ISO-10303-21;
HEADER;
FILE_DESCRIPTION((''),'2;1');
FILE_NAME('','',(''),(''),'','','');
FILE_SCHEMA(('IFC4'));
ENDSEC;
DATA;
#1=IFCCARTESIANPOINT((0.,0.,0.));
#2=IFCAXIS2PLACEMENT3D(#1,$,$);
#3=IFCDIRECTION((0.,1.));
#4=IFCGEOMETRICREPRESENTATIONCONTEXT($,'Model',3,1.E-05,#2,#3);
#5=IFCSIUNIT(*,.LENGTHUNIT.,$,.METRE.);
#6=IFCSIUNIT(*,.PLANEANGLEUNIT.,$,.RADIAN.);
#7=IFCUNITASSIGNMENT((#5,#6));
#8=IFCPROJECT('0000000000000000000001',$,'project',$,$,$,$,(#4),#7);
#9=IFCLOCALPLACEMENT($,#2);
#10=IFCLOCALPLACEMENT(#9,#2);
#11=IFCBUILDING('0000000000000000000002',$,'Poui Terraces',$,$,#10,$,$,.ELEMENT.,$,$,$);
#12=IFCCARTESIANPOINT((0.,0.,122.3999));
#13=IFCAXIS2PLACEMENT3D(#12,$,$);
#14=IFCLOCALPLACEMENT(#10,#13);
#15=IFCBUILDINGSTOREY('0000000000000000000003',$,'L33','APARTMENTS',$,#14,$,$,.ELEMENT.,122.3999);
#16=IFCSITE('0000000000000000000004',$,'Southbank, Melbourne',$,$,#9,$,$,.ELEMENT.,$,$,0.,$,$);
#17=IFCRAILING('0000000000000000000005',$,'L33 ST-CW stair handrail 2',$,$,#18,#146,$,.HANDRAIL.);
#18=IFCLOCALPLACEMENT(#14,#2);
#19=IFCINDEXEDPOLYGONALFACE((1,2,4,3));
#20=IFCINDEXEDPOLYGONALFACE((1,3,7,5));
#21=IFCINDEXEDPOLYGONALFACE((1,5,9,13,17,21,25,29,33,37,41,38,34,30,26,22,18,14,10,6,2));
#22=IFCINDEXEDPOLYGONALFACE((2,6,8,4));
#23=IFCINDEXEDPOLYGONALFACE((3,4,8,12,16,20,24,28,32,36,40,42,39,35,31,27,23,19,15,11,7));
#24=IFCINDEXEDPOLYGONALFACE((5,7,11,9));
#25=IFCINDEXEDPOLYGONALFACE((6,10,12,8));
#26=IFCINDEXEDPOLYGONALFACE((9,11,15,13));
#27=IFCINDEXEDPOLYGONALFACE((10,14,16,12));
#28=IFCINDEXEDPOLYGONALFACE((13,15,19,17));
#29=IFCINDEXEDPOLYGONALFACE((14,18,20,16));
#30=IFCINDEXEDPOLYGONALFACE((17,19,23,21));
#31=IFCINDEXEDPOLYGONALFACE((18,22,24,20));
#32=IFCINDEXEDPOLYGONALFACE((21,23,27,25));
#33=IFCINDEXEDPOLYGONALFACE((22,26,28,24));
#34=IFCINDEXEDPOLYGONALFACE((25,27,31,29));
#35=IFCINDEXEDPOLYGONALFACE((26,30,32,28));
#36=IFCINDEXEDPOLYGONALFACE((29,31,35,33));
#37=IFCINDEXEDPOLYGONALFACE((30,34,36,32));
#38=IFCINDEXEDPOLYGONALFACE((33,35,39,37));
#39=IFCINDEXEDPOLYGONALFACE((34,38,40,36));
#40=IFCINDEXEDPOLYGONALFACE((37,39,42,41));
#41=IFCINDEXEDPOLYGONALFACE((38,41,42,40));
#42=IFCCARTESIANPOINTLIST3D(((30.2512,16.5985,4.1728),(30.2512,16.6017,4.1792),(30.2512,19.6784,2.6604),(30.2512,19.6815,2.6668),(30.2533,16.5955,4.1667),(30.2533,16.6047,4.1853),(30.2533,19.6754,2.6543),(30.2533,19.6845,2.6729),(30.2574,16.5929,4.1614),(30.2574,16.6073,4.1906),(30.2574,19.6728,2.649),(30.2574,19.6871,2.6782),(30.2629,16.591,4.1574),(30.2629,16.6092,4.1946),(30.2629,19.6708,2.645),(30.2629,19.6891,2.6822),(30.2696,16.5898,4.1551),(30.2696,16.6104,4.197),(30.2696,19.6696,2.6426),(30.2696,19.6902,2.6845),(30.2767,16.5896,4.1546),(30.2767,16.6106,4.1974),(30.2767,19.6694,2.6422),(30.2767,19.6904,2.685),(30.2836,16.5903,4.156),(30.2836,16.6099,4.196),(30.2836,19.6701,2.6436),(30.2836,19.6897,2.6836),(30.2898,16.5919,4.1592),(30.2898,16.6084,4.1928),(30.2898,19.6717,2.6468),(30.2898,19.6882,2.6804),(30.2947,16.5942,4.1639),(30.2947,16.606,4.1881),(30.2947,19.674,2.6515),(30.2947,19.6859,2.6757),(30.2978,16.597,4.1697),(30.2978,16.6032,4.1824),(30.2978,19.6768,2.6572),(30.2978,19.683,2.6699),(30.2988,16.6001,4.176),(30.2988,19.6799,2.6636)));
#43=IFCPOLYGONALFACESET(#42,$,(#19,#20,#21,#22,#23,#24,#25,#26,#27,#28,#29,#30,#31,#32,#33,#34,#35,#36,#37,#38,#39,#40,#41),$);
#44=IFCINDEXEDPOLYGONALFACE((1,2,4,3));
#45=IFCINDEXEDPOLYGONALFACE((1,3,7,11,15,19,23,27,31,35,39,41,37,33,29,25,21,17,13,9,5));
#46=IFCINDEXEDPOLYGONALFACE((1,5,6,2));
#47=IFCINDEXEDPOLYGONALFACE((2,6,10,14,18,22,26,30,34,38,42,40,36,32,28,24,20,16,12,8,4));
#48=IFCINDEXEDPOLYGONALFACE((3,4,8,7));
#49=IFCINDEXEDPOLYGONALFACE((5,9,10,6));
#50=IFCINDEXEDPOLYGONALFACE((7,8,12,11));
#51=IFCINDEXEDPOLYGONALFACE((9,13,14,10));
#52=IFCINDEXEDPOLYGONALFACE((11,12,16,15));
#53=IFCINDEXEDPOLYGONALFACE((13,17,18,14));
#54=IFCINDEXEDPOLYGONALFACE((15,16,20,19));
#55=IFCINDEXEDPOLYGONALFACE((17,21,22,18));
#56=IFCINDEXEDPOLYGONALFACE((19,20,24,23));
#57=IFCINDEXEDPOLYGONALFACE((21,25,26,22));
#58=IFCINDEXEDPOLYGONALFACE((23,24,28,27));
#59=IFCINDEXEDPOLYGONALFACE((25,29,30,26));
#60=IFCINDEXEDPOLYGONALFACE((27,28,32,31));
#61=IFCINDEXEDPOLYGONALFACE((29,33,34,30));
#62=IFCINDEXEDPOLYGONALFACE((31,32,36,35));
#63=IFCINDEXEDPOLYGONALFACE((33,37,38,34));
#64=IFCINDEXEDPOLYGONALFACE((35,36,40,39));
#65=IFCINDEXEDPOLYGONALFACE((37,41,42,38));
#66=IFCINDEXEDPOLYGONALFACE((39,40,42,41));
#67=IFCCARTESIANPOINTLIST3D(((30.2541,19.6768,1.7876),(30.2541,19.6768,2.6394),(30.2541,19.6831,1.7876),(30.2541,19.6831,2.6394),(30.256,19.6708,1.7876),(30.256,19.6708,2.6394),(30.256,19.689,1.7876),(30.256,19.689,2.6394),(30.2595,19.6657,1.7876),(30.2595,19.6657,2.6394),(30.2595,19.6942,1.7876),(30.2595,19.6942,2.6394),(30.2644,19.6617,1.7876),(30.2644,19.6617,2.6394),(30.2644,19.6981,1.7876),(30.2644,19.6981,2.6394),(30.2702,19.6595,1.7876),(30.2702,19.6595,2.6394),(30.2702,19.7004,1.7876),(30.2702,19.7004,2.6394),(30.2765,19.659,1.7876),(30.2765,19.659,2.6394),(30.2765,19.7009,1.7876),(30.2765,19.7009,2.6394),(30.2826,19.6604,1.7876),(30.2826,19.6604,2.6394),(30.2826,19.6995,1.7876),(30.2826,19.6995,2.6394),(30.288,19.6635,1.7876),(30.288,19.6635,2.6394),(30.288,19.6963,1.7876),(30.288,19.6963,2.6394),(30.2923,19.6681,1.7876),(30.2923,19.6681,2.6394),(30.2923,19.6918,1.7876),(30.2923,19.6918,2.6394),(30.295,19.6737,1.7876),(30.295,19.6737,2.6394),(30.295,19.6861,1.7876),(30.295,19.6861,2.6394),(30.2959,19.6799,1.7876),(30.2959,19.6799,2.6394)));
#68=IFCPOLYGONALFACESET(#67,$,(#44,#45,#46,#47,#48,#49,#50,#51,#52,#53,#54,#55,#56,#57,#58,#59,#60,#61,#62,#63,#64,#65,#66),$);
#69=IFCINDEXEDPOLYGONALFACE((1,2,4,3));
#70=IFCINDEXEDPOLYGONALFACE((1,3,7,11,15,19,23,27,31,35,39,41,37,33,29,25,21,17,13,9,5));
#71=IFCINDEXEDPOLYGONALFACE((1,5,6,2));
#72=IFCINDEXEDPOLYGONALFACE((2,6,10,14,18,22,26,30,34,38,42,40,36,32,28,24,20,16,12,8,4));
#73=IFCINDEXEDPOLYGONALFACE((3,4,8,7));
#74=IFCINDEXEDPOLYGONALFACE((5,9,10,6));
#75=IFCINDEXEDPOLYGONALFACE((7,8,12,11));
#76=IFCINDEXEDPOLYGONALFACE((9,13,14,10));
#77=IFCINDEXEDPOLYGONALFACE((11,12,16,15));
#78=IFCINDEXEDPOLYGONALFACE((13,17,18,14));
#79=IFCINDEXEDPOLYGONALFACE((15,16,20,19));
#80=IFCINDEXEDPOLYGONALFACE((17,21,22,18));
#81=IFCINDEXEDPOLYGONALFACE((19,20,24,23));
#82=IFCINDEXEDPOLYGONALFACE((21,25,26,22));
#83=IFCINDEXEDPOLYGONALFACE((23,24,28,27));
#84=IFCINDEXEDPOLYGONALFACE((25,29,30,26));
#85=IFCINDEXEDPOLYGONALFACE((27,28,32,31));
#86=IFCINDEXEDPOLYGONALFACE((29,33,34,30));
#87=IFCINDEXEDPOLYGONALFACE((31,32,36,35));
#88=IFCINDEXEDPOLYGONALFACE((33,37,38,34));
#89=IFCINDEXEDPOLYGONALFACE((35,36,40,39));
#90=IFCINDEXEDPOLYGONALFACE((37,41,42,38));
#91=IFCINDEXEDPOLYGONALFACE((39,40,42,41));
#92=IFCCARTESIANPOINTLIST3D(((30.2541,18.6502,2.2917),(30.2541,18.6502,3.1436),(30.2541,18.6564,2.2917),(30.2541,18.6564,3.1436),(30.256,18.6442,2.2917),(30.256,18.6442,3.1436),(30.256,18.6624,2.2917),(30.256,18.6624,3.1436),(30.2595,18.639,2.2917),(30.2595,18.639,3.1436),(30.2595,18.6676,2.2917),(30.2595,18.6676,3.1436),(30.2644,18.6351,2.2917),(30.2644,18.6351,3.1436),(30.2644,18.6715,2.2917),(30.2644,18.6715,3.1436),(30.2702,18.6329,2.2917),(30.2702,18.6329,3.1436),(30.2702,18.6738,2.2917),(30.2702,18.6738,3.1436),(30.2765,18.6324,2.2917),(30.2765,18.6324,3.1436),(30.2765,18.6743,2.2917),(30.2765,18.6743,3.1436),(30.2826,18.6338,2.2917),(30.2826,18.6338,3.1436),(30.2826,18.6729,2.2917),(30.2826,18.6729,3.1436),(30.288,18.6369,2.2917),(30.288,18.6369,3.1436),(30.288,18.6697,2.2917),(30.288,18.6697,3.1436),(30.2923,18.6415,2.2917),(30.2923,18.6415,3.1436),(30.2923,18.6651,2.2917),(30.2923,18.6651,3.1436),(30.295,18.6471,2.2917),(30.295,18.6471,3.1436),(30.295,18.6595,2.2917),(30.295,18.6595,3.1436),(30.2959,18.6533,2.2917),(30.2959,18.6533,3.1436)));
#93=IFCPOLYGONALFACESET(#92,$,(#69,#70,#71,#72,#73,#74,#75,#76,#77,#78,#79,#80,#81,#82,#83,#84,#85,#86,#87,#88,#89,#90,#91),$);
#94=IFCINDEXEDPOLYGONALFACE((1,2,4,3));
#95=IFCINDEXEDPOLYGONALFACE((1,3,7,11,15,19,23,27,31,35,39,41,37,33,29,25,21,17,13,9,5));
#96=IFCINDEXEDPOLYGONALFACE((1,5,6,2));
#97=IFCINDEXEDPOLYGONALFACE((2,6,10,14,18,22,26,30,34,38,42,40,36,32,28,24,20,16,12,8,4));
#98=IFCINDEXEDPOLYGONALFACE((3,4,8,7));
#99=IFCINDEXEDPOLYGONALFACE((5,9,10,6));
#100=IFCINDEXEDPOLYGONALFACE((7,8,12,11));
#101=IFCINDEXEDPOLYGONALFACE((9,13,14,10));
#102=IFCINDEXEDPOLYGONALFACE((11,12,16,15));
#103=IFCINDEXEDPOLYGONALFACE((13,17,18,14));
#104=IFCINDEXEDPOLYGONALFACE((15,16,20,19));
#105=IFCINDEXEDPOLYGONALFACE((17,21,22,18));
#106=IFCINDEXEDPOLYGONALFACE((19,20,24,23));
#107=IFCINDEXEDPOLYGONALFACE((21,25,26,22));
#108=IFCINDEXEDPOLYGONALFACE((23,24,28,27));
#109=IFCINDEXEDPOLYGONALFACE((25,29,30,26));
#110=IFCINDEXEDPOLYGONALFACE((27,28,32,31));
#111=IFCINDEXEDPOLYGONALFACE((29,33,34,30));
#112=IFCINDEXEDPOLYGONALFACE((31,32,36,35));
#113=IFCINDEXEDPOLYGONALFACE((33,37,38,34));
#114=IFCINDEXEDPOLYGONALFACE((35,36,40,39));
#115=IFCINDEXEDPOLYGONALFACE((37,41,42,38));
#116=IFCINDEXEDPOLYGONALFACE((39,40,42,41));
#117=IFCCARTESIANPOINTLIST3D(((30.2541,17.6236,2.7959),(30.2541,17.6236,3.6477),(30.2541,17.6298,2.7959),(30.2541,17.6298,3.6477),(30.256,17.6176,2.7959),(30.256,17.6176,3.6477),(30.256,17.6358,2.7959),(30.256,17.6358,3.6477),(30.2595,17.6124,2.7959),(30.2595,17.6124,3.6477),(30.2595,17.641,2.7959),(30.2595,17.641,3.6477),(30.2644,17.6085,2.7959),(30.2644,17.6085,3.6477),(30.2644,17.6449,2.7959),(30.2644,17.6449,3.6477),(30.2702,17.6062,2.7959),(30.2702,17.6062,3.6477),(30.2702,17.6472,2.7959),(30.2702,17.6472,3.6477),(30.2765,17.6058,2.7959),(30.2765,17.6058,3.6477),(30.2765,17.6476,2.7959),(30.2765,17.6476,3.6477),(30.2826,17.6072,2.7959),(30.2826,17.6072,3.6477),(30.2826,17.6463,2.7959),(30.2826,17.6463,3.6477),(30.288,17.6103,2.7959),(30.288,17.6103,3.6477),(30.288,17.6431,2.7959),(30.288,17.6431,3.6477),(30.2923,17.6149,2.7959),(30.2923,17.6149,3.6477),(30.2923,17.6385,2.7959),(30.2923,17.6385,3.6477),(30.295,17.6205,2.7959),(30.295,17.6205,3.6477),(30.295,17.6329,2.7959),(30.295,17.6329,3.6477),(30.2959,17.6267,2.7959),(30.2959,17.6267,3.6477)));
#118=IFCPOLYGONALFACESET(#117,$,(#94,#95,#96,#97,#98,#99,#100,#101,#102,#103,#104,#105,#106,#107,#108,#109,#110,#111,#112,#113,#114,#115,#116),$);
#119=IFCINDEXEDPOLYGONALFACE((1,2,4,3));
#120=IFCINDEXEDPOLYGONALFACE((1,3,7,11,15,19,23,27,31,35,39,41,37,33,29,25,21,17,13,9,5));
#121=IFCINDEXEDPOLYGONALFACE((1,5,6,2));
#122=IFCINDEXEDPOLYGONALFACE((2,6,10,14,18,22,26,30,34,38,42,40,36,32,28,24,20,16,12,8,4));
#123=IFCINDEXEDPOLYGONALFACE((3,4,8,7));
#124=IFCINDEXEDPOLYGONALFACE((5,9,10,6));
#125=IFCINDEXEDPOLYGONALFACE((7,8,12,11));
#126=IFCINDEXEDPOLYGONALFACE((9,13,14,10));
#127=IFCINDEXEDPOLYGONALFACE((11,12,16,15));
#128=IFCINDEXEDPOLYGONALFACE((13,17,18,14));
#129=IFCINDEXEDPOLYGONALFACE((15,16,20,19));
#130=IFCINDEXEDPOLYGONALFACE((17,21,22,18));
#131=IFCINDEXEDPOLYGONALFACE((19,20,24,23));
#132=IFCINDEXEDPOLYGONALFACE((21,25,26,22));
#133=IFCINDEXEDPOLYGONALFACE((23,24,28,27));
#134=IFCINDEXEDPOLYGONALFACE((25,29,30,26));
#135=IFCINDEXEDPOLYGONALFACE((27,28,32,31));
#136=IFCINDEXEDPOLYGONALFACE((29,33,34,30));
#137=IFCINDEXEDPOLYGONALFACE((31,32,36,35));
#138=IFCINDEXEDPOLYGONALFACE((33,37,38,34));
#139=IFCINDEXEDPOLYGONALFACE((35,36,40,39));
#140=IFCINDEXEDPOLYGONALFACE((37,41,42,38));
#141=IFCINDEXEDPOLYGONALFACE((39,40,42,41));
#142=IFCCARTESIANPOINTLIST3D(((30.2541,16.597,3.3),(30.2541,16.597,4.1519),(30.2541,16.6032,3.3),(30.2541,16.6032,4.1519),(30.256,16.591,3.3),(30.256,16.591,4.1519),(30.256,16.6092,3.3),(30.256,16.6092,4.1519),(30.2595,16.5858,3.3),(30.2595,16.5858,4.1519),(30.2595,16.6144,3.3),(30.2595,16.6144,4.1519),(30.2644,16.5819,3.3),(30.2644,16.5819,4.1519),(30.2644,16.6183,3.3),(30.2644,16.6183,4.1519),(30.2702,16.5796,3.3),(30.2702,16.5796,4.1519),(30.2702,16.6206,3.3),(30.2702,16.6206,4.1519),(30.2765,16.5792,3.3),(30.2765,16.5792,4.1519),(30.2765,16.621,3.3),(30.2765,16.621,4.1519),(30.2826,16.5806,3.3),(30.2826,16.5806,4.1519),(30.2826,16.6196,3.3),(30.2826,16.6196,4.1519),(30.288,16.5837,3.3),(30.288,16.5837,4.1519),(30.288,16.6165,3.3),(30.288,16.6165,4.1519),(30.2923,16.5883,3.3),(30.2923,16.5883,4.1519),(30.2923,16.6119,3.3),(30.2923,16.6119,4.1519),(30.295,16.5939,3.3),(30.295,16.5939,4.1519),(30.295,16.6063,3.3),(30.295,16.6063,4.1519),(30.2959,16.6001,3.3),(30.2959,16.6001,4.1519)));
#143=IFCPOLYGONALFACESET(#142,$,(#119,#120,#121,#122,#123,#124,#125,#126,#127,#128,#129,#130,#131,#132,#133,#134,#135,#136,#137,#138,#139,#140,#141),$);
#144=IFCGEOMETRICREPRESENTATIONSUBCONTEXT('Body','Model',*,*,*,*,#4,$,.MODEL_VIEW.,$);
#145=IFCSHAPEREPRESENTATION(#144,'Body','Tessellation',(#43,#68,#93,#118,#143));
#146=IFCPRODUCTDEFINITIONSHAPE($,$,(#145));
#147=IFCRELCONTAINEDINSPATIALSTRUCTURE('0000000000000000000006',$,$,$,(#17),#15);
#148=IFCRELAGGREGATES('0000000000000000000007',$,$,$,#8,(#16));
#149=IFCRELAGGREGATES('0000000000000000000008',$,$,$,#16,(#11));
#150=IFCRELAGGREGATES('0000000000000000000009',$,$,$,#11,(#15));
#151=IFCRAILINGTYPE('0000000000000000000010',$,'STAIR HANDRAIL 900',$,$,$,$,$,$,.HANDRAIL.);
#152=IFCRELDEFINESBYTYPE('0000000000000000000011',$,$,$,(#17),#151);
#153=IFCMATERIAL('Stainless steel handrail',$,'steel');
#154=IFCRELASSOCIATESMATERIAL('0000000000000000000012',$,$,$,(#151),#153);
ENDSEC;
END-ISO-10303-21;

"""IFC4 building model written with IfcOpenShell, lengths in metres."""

from ifc_helpers import new_model, si_unit, direction, frame, origin, origin_2d, place, context, subcontext, project, spatial, circle, extrude, material, type_object, element, save


model = new_model("IFC4")

# Units and contexts
model_context = context("Model", 3, precision=1e-05, world=origin(), true_north=direction((0.0, 1.0)))
body_context = subcontext(model_context, "Body", "Model", "MODEL_VIEW")
ifc_project = project(units=[si_unit("LENGTHUNIT", "METRE"), si_unit("PLANEANGLEUNIT", "RADIAN")], contexts=[model_context])

# Site, building, storey
site_placement = place(None, origin())
site = spatial("IfcSite", under=ifc_project, at=site_placement, Name="Southbank, Melbourne", CompositionType="ELEMENT", RefElevation=0.0)
building_placement = place(site_placement, origin())
building = spatial("IfcBuilding", under=site, at=building_placement, Name="Poui Terraces", CompositionType="ELEMENT")
storey_placement = place(building_placement, frame((0.0, 0.0, 122.3999)))
storey = spatial("IfcBuildingStorey", under=building, at=storey_placement, Name="L33", Description="APARTMENTS", CompositionType="ELEMENT", Elevation=122.3999)

# Railing
ifc_material_1 = material(Name="Stainless steel handrail", Category="steel")
railing_type_1 = type_object("IfcRailingType", Name="STAIR HANDRAIL 900", PredefinedType="HANDRAIL", material=ifc_material_1)
railing_1_placement = place(storey_placement, frame((30.2749, 19.6799, 1.7876)))
element("IfcRailing", 1, at=railing_1_placement, inside=storey, type_object=railing_type_1, Name="L33 ST-CW stair handrail 2", PredefinedType="HANDRAIL", context=body_context, shape_type="SweptSolid", body=[
    extrude(circle(Radius=0.0239, at=origin_2d()), frame((0.0, 0.0, 0.876), z_axis=(0.0, -0.897606, 0.440798), x_axis=(1.0, 0.0, 0.0)), (0.0, 0.0, 1.0), 3.4312),
    extrude(circle(Radius=0.021, at=origin_2d()), origin(), (0.0, 0.0, 1.0), 0.8518),
    extrude(circle(Radius=0.021, at=origin_2d()), frame((0.0, -1.0266, 0.5042)), (0.0, 0.0, 1.0), 0.8518),
    extrude(circle(Radius=0.021, at=origin_2d()), frame((0.0, -2.0532, 1.0083)), (0.0, 0.0, 1.0), 0.8518),
    extrude(circle(Radius=0.021, at=origin_2d()), frame((0.0, -3.0798, 1.5125)), (0.0, 0.0, 1.0), 0.8518),
])

save(model, "model.ifc")
